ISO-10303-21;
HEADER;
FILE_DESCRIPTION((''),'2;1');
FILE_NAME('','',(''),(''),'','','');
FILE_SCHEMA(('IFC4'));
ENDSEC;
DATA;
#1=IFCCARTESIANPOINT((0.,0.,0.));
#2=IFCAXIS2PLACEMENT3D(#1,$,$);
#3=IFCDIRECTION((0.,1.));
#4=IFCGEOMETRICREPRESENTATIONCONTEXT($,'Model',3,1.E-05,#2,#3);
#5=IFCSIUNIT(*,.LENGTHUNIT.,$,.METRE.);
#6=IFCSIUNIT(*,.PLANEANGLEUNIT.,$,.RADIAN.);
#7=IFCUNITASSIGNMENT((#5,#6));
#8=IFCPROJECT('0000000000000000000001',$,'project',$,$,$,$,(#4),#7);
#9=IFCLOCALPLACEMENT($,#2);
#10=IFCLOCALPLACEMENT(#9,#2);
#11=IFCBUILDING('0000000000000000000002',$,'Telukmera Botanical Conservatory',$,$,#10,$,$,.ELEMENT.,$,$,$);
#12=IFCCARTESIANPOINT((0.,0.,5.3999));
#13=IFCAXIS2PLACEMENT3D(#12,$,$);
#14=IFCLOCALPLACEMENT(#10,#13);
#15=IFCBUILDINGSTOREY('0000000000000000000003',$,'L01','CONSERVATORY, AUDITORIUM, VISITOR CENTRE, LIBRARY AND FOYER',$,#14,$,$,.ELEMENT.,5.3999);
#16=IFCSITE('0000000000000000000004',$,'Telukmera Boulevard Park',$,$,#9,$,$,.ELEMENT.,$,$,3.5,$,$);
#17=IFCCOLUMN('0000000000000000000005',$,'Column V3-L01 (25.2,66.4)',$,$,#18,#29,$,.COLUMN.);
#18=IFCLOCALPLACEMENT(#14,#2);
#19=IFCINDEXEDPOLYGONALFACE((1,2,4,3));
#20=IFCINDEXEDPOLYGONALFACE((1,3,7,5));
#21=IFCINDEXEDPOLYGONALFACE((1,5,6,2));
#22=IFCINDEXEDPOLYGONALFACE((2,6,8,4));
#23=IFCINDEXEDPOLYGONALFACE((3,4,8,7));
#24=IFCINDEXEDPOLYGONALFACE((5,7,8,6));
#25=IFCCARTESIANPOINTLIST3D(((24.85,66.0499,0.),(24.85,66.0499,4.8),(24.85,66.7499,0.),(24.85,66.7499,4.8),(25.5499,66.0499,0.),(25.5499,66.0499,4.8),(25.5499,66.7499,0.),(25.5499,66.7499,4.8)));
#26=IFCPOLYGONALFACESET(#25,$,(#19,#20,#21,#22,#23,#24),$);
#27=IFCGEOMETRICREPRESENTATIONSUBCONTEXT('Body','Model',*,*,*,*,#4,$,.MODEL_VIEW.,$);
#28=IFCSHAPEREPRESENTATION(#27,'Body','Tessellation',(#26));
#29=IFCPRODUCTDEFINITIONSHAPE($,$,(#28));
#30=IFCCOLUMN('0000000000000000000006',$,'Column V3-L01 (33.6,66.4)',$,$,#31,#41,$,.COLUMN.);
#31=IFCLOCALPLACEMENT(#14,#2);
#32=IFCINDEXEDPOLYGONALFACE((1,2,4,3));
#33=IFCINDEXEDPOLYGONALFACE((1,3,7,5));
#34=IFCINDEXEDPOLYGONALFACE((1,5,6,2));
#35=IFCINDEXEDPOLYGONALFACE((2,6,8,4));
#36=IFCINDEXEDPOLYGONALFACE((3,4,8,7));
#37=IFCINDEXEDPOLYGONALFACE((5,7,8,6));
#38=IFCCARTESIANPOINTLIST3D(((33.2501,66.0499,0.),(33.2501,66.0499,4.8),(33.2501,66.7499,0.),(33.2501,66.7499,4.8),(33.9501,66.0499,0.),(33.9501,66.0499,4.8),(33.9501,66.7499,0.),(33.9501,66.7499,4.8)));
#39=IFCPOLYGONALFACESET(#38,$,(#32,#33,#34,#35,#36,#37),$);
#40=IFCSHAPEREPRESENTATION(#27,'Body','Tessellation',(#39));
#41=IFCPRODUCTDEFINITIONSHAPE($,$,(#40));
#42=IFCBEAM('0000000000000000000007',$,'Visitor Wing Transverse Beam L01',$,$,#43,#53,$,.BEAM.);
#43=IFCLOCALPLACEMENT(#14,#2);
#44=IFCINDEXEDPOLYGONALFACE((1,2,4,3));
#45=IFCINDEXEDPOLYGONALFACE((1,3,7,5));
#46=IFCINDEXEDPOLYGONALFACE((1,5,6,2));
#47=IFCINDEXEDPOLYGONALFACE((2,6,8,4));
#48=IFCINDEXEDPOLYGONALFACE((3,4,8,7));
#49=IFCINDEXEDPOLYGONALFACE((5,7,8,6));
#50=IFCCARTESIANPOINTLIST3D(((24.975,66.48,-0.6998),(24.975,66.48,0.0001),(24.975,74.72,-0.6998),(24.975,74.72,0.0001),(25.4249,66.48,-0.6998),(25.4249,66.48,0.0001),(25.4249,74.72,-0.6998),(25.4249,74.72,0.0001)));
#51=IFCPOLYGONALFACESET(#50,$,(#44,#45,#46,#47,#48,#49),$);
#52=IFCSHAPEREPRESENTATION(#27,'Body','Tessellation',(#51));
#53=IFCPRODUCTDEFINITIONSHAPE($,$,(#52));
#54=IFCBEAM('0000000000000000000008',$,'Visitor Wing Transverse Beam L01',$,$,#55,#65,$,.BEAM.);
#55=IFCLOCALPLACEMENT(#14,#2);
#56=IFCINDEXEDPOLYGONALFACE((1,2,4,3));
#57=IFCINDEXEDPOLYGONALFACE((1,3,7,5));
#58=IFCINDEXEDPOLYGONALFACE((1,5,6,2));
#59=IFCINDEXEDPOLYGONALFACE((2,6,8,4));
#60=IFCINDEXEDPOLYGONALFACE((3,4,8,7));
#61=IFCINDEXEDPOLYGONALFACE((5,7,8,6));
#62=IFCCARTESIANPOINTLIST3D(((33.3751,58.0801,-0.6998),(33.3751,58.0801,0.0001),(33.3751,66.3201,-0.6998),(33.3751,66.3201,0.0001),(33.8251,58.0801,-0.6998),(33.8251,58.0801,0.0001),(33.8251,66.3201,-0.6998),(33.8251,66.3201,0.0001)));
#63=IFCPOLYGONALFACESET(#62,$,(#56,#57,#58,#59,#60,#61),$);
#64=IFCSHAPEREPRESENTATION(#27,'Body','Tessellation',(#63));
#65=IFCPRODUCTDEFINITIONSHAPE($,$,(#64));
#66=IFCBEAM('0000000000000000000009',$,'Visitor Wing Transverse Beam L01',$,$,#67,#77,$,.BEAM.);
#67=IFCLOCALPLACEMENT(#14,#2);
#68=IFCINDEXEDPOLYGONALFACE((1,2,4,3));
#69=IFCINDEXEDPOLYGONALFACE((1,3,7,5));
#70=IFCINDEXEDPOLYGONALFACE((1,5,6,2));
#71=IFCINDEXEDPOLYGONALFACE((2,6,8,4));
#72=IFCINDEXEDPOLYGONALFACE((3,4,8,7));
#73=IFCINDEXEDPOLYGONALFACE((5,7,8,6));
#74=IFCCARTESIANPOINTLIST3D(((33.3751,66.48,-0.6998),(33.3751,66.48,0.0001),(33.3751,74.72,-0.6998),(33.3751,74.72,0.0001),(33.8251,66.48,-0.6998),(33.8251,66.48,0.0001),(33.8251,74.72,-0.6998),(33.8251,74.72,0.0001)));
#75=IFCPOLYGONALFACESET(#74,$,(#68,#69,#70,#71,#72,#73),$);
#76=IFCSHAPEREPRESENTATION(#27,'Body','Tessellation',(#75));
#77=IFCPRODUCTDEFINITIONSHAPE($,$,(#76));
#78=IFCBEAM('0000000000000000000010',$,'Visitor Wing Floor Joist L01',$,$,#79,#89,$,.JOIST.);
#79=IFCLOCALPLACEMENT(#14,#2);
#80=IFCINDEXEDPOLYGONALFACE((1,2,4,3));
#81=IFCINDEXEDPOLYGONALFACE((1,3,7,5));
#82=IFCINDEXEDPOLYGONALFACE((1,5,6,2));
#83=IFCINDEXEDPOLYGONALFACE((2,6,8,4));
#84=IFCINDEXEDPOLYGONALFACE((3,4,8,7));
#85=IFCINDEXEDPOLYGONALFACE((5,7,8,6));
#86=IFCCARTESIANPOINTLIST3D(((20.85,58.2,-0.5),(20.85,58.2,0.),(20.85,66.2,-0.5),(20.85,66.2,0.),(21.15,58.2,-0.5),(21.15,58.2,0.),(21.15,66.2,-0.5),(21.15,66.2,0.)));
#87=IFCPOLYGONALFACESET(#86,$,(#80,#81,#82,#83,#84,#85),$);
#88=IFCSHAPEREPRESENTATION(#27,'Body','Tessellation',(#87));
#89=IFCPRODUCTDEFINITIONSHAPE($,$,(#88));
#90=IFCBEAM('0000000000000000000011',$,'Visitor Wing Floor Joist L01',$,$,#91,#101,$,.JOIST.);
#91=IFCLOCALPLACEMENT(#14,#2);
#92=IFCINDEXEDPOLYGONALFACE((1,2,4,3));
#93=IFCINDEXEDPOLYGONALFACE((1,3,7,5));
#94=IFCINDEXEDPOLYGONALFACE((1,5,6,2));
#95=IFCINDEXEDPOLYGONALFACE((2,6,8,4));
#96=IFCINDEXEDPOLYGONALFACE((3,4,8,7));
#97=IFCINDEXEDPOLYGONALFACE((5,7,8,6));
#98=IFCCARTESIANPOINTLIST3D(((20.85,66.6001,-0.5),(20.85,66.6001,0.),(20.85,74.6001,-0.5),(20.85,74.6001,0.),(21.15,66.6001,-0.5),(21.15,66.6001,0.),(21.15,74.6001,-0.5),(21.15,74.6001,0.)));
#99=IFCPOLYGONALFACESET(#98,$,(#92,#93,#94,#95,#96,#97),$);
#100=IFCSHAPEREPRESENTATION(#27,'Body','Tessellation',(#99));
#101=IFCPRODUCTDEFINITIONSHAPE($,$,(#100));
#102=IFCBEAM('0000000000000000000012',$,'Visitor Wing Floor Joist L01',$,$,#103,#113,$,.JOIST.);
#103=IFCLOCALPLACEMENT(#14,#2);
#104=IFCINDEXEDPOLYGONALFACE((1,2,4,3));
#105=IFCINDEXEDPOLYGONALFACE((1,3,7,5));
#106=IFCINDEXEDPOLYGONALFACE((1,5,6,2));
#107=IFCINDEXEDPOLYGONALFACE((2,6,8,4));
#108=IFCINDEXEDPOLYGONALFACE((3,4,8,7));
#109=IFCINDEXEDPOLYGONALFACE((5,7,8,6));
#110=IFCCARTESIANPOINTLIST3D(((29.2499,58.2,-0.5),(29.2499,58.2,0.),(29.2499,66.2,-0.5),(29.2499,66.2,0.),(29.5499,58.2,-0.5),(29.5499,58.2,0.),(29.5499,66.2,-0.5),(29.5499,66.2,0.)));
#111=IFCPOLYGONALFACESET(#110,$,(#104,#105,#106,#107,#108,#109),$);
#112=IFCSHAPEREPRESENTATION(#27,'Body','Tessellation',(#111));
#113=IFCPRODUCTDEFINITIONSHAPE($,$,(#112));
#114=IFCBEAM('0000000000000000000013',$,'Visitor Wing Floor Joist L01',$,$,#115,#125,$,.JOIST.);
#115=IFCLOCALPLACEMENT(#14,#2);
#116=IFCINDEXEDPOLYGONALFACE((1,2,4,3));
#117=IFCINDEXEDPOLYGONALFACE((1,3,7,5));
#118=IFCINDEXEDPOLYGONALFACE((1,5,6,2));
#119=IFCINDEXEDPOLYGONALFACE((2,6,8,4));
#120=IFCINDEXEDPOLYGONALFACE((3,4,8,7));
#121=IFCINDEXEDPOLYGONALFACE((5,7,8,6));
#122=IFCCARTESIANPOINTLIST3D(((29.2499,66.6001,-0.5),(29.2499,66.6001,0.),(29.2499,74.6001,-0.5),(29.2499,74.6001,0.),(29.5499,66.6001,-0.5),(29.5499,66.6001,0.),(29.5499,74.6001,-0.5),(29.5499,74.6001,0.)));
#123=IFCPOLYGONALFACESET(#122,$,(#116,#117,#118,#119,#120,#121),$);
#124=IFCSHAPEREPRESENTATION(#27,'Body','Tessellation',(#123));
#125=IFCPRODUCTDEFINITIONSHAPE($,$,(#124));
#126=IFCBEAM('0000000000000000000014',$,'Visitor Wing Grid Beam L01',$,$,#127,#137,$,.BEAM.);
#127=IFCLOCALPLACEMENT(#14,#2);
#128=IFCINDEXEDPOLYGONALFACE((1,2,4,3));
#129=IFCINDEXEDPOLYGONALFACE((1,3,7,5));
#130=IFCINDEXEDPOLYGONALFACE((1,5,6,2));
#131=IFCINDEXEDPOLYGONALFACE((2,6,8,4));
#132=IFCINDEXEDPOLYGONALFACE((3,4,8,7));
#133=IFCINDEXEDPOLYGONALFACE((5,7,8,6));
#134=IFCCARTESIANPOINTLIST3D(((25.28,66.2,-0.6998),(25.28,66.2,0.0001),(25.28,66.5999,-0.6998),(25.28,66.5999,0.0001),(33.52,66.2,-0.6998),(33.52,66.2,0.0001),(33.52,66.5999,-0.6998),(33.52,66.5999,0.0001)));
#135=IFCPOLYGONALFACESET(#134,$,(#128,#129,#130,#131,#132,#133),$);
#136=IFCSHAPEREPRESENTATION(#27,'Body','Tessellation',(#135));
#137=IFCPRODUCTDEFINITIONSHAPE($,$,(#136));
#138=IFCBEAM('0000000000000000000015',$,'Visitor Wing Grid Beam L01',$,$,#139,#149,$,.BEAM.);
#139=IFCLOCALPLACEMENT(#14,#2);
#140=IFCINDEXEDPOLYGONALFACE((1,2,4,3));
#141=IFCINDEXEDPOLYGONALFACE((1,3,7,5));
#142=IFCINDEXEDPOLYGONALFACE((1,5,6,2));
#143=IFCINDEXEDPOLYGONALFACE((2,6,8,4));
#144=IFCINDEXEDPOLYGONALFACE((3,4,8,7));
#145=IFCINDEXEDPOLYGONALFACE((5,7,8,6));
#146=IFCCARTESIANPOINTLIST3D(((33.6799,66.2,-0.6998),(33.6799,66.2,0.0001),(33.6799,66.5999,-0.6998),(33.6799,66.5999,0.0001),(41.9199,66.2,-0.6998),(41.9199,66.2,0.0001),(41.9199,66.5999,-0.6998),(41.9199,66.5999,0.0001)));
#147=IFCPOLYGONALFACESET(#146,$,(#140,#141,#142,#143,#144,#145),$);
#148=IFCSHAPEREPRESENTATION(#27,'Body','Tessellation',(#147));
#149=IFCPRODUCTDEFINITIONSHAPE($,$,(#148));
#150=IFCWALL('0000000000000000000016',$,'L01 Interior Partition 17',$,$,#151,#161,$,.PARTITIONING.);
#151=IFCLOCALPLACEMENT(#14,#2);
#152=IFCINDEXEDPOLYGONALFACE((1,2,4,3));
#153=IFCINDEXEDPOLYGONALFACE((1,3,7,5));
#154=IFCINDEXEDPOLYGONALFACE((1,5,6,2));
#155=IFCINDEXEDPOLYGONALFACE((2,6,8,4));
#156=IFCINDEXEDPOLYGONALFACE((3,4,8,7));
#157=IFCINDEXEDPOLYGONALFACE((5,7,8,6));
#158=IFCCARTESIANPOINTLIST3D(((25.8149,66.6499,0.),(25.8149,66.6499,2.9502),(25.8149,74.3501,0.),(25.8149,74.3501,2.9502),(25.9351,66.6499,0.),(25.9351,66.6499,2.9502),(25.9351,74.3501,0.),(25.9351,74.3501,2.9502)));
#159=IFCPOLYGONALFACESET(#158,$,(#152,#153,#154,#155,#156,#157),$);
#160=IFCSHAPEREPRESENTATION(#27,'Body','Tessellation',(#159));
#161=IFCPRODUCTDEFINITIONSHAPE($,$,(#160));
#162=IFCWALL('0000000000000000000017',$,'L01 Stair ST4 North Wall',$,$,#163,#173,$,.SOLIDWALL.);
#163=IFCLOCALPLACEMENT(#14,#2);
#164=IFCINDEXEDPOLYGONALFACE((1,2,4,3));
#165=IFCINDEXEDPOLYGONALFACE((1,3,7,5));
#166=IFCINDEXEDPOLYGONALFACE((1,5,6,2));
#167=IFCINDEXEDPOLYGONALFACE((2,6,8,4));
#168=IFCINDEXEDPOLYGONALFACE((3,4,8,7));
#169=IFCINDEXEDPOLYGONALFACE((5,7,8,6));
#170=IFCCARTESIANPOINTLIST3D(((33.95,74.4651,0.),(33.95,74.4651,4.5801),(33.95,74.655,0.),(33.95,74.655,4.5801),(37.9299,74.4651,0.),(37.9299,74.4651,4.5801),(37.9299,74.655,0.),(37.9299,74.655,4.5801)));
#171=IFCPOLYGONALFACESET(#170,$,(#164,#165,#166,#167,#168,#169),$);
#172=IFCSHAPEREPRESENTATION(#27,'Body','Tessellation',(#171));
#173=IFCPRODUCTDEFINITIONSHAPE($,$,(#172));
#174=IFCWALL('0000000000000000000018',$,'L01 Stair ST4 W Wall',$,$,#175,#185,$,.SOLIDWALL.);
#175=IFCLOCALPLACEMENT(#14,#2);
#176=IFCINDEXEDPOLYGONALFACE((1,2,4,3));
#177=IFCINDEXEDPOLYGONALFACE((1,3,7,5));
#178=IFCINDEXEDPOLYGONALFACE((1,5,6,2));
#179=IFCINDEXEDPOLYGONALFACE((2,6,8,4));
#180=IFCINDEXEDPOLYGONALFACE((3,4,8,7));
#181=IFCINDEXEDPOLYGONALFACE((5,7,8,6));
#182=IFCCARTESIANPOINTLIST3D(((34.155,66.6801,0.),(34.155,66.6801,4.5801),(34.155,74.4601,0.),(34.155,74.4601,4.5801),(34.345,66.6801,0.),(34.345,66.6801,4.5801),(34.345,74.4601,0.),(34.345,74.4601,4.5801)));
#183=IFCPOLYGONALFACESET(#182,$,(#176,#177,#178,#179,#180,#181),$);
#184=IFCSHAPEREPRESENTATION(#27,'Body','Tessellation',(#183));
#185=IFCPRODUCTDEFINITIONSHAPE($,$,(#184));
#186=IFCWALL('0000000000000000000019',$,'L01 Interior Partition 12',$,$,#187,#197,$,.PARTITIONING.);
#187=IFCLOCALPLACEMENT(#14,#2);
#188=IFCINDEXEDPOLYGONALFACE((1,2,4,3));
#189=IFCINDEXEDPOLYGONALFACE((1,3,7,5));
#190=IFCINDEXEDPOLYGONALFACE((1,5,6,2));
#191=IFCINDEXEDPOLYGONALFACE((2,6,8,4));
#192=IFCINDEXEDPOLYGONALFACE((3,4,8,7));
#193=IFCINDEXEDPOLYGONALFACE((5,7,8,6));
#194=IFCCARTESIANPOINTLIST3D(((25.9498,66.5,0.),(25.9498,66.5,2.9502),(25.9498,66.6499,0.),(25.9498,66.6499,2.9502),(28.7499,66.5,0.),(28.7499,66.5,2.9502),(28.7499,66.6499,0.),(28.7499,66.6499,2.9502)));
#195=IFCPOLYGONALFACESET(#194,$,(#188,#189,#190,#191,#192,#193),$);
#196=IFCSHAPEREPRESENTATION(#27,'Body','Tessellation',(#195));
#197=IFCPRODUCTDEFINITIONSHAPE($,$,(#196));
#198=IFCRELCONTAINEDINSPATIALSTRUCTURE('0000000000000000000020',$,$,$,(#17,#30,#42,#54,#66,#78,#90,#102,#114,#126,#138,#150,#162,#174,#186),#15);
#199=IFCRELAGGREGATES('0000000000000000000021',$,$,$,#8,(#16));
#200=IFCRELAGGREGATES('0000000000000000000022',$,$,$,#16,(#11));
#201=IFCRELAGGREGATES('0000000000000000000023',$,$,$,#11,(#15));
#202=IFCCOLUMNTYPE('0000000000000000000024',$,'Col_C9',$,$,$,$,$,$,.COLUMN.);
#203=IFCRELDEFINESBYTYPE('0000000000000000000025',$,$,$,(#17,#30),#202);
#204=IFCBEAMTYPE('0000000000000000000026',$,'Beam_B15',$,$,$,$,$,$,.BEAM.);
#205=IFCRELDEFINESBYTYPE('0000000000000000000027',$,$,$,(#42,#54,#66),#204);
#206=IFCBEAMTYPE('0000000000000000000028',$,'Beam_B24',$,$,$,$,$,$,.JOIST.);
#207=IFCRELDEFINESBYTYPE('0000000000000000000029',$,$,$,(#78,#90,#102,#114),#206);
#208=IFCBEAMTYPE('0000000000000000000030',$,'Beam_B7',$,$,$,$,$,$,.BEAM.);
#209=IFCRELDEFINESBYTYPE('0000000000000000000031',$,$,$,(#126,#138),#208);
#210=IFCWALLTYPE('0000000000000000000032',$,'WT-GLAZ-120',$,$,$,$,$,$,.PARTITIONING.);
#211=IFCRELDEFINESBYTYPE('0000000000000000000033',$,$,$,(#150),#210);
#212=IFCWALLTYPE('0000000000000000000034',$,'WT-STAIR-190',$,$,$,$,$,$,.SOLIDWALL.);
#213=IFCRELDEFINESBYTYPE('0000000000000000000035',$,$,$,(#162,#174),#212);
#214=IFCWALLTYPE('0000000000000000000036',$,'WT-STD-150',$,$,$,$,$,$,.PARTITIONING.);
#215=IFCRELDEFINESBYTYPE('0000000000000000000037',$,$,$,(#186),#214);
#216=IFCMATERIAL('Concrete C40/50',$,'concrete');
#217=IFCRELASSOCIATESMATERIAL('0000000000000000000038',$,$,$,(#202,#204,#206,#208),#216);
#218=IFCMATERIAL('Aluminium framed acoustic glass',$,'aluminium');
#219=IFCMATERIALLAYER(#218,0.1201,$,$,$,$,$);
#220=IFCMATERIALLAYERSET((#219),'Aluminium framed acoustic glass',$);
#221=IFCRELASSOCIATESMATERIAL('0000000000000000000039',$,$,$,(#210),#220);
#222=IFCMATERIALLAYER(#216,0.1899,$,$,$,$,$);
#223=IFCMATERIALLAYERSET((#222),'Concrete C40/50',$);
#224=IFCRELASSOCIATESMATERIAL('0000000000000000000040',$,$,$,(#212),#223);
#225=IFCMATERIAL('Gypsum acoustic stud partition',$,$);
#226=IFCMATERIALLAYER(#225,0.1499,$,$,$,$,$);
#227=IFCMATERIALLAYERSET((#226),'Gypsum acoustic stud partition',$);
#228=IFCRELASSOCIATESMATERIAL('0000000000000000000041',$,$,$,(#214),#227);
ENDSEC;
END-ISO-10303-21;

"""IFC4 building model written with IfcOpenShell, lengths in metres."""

from ifc_helpers import new_model, si_unit, direction, frame, frame_2d, origin, origin_2d, place, context, subcontext, project, spatial, rectangle, extrude, material, layer, layer_set, material_profile, profile_set, type_object, element, save


model = new_model("IFC4")

# Units and contexts
model_context = context("Model", 3, precision=1e-05, world=origin(), true_north=direction((0.0, 1.0)))
body_context = subcontext(model_context, "Body", "Model", "MODEL_VIEW")
ifc_project = project(units=[si_unit("LENGTHUNIT", "METRE"), si_unit("PLANEANGLEUNIT", "RADIAN")], contexts=[model_context])

# Site, building, storey
site_placement = place(None, origin())
site = spatial("IfcSite", under=ifc_project, at=site_placement, Name="Telukmera Boulevard Park", CompositionType="ELEMENT", RefElevation=3.5)
building_placement = place(site_placement, origin())
building = spatial("IfcBuilding", under=site, at=building_placement, Name="Telukmera Botanical Conservatory", CompositionType="ELEMENT")
storey_placement = place(building_placement, frame((0.0, 0.0, 5.3999)))
storey = spatial("IfcBuildingStorey", under=building, at=storey_placement, Name="L01", Description="CONSERVATORY, AUDITORIUM, VISITOR CENTRE, LIBRARY AND FOYER", CompositionType="ELEMENT", Elevation=5.3999)

# Columns
ifc_material_1 = material(Name="Concrete C40/50", Category="concrete")
ifc_material_profile_1 = material_profile(ifc_material_1, rectangle(XDim=0.7, YDim=0.7, at=origin_2d()), Name="RC 700x700")
ifc_profile_set_1 = profile_set([ifc_material_profile_1], Name="Concrete C40/50")
column_type = type_object("IfcColumnType", Name="Col_C9", PredefinedType="COLUMN", material=ifc_profile_set_1)
for number, where, z_axis, x_axis, name in (
    (1, (25.2, 66.3999, 0.0), (0.0, 0.0, 1.0), (1.0, 0.0, 0.0), "Column V3-L01 (25.2,66.4)"),
    (2, (33.6001, 66.3999, 0.0), (0.0, 0.0, 1.0), (1.0, 0.0, 0.0), "Column V3-L01 (33.6,66.4)"),
):
    element("IfcColumn", number, at=place(storey_placement, frame(where, z_axis=z_axis, x_axis=x_axis)), inside=storey, type_object=column_type, Name=name, PredefinedType="COLUMN", context=body_context, shape_type="SweptSolid", body=[
        extrude(rectangle(XDim=0.7, YDim=0.7, at=origin_2d()), origin(), (0.0, 0.0, 1.0), 4.8),
    ])

# Beams
ifc_material_profile_2 = material_profile(ifc_material_1, rectangle(XDim=0.45, YDim=0.7, at=origin_2d()), Name="RC 450x700")
ifc_profile_set_2 = profile_set([ifc_material_profile_2], Name="Concrete C40/50")
beam_type_1 = type_object("IfcBeamType", Name="Beam_B15", PredefinedType="BEAM", material=ifc_profile_set_2)
for number, where, z_axis, x_axis, name in (
    (3, (25.2, 66.48, -0.3499), (0.0, 1.0, 0.0), (-1.0, 0.0, 0.0), "Visitor Wing Transverse Beam L01"),
    (4, (33.6001, 58.0801, -0.3499), (0.0, 1.0, 0.0), (-1.0, 0.0, 0.0), "Visitor Wing Transverse Beam L01"),
    (5, (33.6001, 66.48, -0.3499), (0.0, 1.0, 0.0), (-1.0, 0.0, 0.0), "Visitor Wing Transverse Beam L01"),
):
    element("IfcBeam", number, at=place(storey_placement, frame(where, z_axis=z_axis, x_axis=x_axis)), inside=storey, type_object=beam_type_1, Name=name, PredefinedType="BEAM", context=body_context, shape_type="SweptSolid", body=[
        extrude(rectangle(XDim=0.45, YDim=0.7, at=origin_2d()), origin(), (0.0, 0.0, 1.0), 8.24),
    ])
ifc_material_profile_3 = material_profile(ifc_material_1, rectangle(XDim=0.3, YDim=0.5, at=origin_2d()), Name="RC 300x500")
ifc_profile_set_3 = profile_set([ifc_material_profile_3], Name="Concrete C40/50")
beam_type_2 = type_object("IfcBeamType", Name="Beam_B24", PredefinedType="JOIST", material=ifc_profile_set_3)
for number, where, z_axis, x_axis, name in (
    (6, (21.0, 58.2, -0.25), (0.0, 1.0, 0.0), (-1.0, 0.0, 0.0), "Visitor Wing Floor Joist L01"),
    (7, (21.0, 66.6001, -0.25), (0.0, 1.0, 0.0), (-1.0, 0.0, 0.0), "Visitor Wing Floor Joist L01"),
    (8, (29.3999, 58.2, -0.25), (0.0, 1.0, 0.0), (-1.0, 0.0, 0.0), "Visitor Wing Floor Joist L01"),
    (9, (29.3999, 66.6001, -0.25), (0.0, 1.0, 0.0), (-1.0, 0.0, 0.0), "Visitor Wing Floor Joist L01"),
):
    element("IfcBeam", number, at=place(storey_placement, frame(where, z_axis=z_axis, x_axis=x_axis)), inside=storey, type_object=beam_type_2, Name=name, PredefinedType="JOIST", context=body_context, shape_type="SweptSolid", body=[
        extrude(rectangle(XDim=0.3, YDim=0.5, at=origin_2d()), origin(), (0.0, 0.0, 1.0), 8.0),
    ])
ifc_material_profile_4 = material_profile(ifc_material_1, rectangle(XDim=0.3999, YDim=0.7, at=origin_2d()), Name="RC 400x700")
ifc_profile_set_4 = profile_set([ifc_material_profile_4], Name="Concrete C40/50")
beam_type_3 = type_object("IfcBeamType", Name="Beam_B7", PredefinedType="BEAM", material=ifc_profile_set_4)
for number, where, z_axis, x_axis, name in (
    (10, (25.28, 66.3999, -0.3499), (1.0, 0.0, 0.0), (0.0, 1.0, 0.0), "Visitor Wing Grid Beam L01"),
    (11, (33.6799, 66.3999, -0.3499), (1.0, 0.0, 0.0), (0.0, 1.0, 0.0), "Visitor Wing Grid Beam L01"),
):
    element("IfcBeam", number, at=place(storey_placement, frame(where, z_axis=z_axis, x_axis=x_axis)), inside=storey, type_object=beam_type_3, Name=name, PredefinedType="BEAM", context=body_context, shape_type="SweptSolid", body=[
        extrude(rectangle(XDim=0.3999, YDim=0.7, at=origin_2d()), origin(), (0.0, 0.0, 1.0), 8.24),
    ])

# Wall
ifc_material_2 = material(Name="Aluminium framed acoustic glass", Category="aluminium")
ifc_layer_1 = layer(ifc_material_2, 0.1201)
ifc_layer_set_1 = layer_set([ifc_layer_1], Name="Aluminium framed acoustic glass")
wall_type_1 = type_object("IfcWallType", Name="WT-GLAZ-120", PredefinedType="PARTITIONING", material=ifc_layer_set_1)
wall_1_placement = place(storey_placement, frame((25.875, 66.6499, 0.0), z_axis=(0.0, 0.0, 1.0), x_axis=(0.0, 1.0, 0.0)))
element("IfcWall", 12, at=wall_1_placement, inside=storey, type_object=wall_type_1, Name="L01 Interior Partition 17", PredefinedType="PARTITIONING", context=body_context, shape_type="SweptSolid", body=[
    extrude(rectangle(XDim=7.7002, YDim=0.1201, at=frame_2d((3.8501, 0.0))), origin(), (0.0, 0.0, 1.0), 2.9502),
])

# Shared definitions
ifc_layer_2 = layer(ifc_material_1, 0.1899)
ifc_layer_set_2 = layer_set([ifc_layer_2], Name="Concrete C40/50")
wall_type_2 = type_object("IfcWallType", Name="WT-STAIR-190", PredefinedType="SOLIDWALL", material=ifc_layer_set_2)

# Walls
wall_2_placement = place(storey_placement, frame((33.95, 74.5601, 0.0), z_axis=(0.0, 0.0, 1.0), x_axis=(1.0, 0.0, 0.0)))
element("IfcWall", 13, at=wall_2_placement, inside=storey, type_object=wall_type_2, Name="L01 Stair ST4 North Wall", PredefinedType="SOLIDWALL", context=body_context, shape_type="SweptSolid", body=[
    extrude(rectangle(XDim=3.98, YDim=0.1899, at=frame_2d((1.99, 0.0))), origin(), (0.0, 0.0, 1.0), 4.5801),
])
wall_3_placement = place(storey_placement, frame((34.25, 66.6799, 0.0), z_axis=(0.0, 0.0, 1.0), x_axis=(0.0, 1.0, 0.0)))
element("IfcWall", 14, at=wall_3_placement, inside=storey, type_object=wall_type_2, Name="L01 Stair ST4 W Wall", PredefinedType="SOLIDWALL", context=body_context, shape_type="SweptSolid", body=[
    extrude(rectangle(XDim=7.78, YDim=0.1899, at=frame_2d((3.8901, 0.0))), origin(), (0.0, 0.0, 1.0), 4.5801),
])
ifc_material_3 = material(Name="Gypsum acoustic stud partition")
ifc_layer_3 = layer(ifc_material_3, 0.1499)
ifc_layer_set_3 = layer_set([ifc_layer_3], Name="Gypsum acoustic stud partition")
wall_type_3 = type_object("IfcWallType", Name="WT-STD-150", PredefinedType="PARTITIONING", material=ifc_layer_set_3)
wall_4_placement = place(storey_placement, frame((25.95, 66.575, 0.0), z_axis=(0.0, 0.0, 1.0), x_axis=(1.0, 0.0, 0.0)))
element("IfcWall", 15, at=wall_4_placement, inside=storey, type_object=wall_type_3, Name="L01 Interior Partition 12", PredefinedType="PARTITIONING", context=body_context, shape_type="SweptSolid", body=[
    extrude(rectangle(XDim=2.8, YDim=0.1499, at=frame_2d((1.3999, 0.0))), origin(), (0.0, 0.0, 1.0), 2.9502),
])

save(model, "model.ifc")
